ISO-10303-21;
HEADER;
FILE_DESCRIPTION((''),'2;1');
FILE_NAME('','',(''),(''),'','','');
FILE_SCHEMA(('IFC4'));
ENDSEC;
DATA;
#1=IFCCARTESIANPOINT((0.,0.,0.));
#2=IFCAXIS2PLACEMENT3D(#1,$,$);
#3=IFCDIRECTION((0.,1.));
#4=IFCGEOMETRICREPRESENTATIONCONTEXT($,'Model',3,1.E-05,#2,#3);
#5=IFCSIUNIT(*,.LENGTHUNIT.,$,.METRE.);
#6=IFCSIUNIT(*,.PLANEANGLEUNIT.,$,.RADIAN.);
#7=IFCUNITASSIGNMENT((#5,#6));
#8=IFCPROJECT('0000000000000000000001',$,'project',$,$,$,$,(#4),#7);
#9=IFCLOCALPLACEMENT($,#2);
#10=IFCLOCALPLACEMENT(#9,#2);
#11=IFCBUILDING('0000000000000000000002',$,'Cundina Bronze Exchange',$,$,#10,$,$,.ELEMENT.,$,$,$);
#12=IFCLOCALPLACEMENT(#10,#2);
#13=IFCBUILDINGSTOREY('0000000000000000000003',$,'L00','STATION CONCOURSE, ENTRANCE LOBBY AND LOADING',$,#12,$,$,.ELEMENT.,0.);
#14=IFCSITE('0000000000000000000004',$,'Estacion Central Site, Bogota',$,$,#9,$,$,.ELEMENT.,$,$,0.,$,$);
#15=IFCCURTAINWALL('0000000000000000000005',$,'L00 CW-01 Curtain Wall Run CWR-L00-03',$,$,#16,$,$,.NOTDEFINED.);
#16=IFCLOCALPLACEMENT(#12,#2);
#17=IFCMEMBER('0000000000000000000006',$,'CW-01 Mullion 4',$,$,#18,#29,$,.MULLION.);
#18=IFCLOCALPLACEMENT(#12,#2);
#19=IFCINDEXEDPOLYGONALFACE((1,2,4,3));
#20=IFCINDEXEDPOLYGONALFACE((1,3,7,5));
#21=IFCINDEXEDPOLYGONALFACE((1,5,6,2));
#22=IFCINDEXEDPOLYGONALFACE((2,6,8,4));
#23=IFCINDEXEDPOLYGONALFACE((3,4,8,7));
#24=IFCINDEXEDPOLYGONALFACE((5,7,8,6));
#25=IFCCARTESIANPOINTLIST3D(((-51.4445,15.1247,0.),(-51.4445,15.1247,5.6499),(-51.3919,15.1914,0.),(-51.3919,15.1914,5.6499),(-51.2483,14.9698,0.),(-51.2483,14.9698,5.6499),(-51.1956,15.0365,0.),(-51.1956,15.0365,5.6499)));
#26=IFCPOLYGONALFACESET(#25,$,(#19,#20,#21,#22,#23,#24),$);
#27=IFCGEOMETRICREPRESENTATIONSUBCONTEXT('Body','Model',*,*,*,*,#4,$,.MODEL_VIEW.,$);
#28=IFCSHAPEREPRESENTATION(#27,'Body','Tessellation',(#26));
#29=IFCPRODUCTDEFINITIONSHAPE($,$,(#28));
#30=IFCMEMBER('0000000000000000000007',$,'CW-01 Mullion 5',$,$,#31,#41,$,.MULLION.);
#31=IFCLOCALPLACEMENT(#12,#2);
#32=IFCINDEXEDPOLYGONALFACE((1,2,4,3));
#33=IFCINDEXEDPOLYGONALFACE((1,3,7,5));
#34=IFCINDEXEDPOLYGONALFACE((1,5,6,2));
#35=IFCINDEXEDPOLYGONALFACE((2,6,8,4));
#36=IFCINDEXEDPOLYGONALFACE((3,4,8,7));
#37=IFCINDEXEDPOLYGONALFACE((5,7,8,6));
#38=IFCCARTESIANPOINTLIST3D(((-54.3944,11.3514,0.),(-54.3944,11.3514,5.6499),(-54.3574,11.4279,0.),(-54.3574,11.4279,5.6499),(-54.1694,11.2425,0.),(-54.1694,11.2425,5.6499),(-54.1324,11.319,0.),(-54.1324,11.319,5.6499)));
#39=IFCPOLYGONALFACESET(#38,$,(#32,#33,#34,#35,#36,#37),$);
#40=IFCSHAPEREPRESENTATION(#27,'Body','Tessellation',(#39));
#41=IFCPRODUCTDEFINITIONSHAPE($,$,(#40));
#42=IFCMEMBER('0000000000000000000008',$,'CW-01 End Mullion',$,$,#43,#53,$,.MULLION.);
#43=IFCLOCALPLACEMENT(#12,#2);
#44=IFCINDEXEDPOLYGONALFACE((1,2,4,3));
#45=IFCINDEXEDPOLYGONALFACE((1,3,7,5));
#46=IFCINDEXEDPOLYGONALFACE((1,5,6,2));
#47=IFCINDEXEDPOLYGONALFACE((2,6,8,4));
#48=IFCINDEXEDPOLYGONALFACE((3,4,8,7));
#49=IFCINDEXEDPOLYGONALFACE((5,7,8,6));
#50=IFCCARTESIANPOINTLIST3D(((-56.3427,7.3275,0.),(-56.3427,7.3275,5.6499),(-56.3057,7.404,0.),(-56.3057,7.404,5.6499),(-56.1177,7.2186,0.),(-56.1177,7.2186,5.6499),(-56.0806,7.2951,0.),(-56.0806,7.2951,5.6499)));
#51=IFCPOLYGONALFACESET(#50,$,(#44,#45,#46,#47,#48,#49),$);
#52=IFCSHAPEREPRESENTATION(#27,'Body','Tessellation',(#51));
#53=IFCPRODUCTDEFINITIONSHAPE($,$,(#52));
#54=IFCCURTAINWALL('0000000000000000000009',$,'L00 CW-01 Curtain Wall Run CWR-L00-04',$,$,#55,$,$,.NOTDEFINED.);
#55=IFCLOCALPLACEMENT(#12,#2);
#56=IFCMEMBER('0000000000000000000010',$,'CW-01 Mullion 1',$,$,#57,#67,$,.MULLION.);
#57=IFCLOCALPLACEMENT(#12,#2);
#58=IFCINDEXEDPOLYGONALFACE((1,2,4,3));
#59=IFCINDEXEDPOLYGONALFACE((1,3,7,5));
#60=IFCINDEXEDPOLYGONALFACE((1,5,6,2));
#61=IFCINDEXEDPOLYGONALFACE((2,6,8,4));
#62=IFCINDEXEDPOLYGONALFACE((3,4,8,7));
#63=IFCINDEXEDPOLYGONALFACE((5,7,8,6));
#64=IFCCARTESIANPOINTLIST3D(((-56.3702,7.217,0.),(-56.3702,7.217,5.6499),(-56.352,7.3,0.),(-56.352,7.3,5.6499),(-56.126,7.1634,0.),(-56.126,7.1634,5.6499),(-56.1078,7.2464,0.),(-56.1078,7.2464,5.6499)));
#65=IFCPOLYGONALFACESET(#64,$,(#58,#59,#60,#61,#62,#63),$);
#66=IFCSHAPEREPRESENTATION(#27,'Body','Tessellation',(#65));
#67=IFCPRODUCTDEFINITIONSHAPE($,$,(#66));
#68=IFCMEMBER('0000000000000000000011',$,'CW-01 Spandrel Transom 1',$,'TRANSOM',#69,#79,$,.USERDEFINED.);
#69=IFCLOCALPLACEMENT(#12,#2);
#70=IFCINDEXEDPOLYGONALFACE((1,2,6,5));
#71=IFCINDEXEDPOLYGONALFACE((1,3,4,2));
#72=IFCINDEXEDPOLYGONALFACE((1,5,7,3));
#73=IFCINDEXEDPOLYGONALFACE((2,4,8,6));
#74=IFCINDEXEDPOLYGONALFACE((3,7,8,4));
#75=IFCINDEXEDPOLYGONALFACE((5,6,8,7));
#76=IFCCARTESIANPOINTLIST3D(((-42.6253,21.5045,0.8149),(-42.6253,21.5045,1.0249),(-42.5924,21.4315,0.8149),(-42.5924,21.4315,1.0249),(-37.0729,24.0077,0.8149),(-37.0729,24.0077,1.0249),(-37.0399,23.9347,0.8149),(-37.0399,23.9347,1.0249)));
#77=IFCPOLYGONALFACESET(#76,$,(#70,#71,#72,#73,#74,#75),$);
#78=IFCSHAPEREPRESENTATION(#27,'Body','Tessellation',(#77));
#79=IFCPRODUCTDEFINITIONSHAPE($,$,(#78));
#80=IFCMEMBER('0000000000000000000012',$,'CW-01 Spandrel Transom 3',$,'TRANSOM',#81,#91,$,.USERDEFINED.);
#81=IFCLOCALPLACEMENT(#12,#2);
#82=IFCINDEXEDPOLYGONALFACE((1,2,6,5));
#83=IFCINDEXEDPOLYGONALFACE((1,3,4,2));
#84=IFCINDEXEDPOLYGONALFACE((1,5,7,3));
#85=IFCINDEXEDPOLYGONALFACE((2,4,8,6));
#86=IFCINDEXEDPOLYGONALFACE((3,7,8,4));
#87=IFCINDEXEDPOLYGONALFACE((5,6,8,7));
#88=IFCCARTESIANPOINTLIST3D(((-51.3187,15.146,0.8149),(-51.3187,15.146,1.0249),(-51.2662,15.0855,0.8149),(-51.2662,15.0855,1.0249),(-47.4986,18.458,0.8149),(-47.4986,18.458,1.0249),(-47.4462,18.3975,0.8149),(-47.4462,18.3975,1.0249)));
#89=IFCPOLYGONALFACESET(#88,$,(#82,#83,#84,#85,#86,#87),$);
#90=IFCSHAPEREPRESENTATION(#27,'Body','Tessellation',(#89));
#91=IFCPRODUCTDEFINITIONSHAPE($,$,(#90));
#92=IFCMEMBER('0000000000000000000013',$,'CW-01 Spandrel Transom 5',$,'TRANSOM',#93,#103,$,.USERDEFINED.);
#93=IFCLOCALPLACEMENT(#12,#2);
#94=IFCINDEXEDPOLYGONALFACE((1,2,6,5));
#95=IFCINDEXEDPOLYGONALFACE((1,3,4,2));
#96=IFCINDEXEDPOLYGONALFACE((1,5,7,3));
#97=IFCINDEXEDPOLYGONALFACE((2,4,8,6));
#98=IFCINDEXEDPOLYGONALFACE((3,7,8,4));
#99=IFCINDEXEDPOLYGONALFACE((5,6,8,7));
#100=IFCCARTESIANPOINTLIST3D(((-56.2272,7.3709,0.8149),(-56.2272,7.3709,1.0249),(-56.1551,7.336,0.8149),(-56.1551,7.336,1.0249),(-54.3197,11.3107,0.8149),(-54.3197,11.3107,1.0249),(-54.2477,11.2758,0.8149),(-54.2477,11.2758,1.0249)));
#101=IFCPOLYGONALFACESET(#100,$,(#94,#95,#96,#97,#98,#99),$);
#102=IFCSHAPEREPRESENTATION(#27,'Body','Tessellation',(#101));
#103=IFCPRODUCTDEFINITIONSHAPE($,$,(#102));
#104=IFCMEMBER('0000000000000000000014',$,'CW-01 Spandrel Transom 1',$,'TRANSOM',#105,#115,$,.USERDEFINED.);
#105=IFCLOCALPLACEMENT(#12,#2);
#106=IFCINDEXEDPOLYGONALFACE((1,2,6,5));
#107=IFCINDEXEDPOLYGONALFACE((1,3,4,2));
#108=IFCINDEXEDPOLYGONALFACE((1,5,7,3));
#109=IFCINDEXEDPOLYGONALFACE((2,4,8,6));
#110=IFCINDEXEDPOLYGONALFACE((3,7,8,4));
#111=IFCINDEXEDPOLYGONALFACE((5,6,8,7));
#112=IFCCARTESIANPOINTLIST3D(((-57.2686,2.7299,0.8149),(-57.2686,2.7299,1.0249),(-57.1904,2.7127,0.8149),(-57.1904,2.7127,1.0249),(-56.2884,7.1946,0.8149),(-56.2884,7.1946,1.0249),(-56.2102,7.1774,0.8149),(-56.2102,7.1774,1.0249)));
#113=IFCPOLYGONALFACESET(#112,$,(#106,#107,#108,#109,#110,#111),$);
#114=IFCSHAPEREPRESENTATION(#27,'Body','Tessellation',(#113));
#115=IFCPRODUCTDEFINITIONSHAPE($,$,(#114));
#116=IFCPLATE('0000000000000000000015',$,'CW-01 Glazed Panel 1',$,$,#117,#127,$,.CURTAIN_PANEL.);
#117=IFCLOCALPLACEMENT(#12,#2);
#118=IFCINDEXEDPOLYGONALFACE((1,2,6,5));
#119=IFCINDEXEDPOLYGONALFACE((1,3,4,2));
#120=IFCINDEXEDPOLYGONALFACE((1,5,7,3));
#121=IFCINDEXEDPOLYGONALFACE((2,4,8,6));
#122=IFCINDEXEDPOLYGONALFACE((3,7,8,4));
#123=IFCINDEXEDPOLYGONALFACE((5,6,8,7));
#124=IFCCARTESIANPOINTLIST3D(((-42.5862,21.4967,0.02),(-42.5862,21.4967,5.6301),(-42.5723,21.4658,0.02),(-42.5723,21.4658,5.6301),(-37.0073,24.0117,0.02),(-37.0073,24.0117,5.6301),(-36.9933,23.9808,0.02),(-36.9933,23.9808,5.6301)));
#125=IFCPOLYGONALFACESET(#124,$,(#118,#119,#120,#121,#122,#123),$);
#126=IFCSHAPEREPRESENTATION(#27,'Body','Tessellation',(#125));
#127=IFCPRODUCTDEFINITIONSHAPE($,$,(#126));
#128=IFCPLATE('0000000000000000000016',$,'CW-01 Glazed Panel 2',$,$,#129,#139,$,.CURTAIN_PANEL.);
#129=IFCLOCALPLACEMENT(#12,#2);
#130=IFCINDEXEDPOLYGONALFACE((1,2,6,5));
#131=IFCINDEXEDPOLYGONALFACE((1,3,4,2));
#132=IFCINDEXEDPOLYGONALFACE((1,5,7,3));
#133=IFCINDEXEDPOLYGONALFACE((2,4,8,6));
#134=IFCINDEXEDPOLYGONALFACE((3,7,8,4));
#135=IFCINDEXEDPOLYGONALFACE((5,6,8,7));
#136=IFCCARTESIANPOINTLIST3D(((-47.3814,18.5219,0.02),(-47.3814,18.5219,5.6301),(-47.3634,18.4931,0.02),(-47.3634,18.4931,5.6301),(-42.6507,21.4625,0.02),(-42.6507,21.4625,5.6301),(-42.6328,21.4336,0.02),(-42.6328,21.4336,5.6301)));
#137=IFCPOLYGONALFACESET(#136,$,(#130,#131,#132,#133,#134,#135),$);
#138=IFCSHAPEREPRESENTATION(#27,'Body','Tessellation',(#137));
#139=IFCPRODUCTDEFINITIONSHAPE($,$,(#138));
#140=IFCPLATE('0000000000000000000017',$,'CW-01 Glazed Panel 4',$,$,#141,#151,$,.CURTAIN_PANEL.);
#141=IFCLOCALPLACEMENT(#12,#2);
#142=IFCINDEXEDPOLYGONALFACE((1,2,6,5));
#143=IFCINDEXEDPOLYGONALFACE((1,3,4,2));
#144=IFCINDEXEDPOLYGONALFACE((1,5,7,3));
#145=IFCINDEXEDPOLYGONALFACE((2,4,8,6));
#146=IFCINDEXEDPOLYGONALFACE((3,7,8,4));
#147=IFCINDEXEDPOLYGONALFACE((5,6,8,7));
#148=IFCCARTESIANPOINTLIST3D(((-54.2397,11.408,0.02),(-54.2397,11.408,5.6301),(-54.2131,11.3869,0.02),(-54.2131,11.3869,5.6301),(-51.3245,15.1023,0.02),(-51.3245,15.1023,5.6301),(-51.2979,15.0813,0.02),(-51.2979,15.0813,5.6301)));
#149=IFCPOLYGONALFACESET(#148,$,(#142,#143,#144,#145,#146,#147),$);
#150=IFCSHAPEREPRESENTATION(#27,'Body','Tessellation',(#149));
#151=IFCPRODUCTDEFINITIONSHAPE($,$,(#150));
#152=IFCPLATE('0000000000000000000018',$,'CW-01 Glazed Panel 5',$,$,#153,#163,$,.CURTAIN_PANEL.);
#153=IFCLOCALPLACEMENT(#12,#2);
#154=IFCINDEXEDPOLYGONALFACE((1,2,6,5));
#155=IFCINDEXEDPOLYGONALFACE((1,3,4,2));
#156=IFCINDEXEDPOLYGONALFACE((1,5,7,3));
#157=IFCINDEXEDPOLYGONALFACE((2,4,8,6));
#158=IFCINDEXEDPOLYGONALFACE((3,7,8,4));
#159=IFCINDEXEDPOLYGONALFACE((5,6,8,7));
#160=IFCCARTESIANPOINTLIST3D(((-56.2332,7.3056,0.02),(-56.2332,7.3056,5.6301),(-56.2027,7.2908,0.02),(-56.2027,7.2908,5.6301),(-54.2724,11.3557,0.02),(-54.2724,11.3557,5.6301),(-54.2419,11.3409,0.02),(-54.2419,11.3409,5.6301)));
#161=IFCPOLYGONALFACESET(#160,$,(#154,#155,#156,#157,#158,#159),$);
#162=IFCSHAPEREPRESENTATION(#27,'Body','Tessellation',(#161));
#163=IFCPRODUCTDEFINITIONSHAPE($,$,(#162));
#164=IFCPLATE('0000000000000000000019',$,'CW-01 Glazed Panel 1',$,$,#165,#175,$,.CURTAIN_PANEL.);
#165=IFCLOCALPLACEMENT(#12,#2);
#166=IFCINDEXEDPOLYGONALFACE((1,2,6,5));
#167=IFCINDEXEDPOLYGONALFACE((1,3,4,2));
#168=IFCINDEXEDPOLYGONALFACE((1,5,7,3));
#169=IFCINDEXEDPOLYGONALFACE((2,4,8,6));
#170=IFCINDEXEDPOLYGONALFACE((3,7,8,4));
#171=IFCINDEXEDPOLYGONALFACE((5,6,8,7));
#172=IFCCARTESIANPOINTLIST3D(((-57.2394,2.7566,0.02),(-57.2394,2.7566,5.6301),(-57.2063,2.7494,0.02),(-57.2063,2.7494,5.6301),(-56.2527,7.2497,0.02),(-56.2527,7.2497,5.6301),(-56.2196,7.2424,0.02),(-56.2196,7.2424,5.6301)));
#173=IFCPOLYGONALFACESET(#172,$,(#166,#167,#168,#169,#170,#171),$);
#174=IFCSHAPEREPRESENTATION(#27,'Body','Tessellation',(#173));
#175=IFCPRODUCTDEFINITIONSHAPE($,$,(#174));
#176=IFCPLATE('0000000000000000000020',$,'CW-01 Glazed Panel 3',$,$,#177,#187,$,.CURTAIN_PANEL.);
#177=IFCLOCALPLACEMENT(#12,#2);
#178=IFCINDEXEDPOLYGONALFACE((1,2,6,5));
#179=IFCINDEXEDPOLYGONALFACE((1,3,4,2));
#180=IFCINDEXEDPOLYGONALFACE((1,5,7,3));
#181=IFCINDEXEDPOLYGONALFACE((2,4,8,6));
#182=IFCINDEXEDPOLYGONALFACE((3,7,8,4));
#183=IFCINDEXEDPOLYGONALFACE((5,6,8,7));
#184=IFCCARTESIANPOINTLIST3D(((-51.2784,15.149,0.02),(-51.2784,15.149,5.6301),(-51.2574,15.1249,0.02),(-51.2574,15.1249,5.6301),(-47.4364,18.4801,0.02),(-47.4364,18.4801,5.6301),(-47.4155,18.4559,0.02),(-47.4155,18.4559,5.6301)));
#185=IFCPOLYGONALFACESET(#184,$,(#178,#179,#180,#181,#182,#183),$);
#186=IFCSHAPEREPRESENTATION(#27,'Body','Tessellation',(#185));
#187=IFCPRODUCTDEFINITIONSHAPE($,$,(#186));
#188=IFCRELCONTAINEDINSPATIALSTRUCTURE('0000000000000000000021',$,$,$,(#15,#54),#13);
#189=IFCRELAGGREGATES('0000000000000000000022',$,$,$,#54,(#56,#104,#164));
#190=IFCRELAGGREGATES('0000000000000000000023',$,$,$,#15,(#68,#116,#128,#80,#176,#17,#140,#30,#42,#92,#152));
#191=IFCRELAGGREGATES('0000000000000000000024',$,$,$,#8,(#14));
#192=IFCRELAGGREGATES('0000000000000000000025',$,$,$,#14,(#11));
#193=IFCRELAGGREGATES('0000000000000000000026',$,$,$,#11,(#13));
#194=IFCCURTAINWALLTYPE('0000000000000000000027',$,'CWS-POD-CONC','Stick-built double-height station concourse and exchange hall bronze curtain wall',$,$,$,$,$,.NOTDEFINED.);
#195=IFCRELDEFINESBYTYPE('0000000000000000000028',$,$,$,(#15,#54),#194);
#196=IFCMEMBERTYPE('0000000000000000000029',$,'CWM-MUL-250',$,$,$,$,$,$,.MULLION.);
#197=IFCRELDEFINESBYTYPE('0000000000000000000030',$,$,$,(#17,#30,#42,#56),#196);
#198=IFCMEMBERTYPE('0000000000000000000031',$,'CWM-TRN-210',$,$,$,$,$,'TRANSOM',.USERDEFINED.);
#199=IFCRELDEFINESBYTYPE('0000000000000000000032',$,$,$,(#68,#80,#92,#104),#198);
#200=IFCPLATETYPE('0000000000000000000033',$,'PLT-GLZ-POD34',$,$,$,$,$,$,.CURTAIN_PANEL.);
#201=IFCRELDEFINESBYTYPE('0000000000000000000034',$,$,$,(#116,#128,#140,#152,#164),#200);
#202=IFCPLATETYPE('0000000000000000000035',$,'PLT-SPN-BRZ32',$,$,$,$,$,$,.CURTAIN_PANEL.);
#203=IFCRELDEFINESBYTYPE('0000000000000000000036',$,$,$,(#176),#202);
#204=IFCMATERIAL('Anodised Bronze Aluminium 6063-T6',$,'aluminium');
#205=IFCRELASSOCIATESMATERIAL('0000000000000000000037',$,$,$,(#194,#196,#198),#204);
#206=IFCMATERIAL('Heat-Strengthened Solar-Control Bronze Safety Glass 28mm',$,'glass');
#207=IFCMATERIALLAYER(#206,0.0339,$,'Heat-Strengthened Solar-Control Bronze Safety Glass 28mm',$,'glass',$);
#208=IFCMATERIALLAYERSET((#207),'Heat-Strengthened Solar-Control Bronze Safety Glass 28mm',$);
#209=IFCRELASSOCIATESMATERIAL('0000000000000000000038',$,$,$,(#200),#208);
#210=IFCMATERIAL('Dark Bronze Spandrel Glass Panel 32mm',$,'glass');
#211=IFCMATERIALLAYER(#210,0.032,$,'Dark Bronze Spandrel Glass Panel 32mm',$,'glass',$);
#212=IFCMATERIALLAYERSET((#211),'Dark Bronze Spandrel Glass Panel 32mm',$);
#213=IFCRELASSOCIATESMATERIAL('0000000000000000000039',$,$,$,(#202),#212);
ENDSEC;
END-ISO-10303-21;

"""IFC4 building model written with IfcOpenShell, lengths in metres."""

from ifc_helpers import new_model, si_unit, direction, frame, origin, origin_2d, place, context, subcontext, project, spatial, rectangle, extrude, material, layer, layer_set, material_profile, profile_set, type_object, element, aggregate, save


model = new_model("IFC4")

# Units and contexts
model_context = context("Model", 3, precision=1e-05, world=origin(), true_north=direction((0.0, 1.0)))
body_context = subcontext(model_context, "Body", "Model", "MODEL_VIEW")
ifc_project = project(units=[si_unit("LENGTHUNIT", "METRE"), si_unit("PLANEANGLEUNIT", "RADIAN")], contexts=[model_context])

# Site, building, storey
site_placement = place(None, origin())
site = spatial("IfcSite", under=ifc_project, at=site_placement, Name="Estacion Central Site, Bogota", CompositionType="ELEMENT", RefElevation=0.0)
building_placement = place(site_placement, origin())
building = spatial("IfcBuilding", under=site, at=building_placement, Name="Cundina Bronze Exchange", CompositionType="ELEMENT")
storey_placement = place(building_placement, origin())
storey = spatial("IfcBuildingStorey", under=building, at=storey_placement, Name="L00", Description="STATION CONCOURSE, ENTRANCE LOBBY AND LOADING", CompositionType="ELEMENT", Elevation=0.0)

# Curtain wall, members
ifc_material_1 = material(Name="Anodised Bronze Aluminium 6063-T6", Category="aluminium")
curtain_wall_type = type_object("IfcCurtainWallType", Name="CWS-POD-CONC", Description="Stick-built double-height station concourse and exchange hall bronze curtain wall", PredefinedType="NOTDEFINED", material=ifc_material_1)
curtain_wall_1_placement = place(storey_placement, origin())
curtain_wall_1 = element("IfcCurtainWall", 1, at=curtain_wall_1_placement, inside=storey, type_object=curtain_wall_type, Name="L00 CW-01 Curtain Wall Run CWR-L00-03", PredefinedType="NOTDEFINED")
ifc_material_profile_1 = material_profile(ifc_material_1, rectangle(XDim=0.085, YDim=0.25, at=origin_2d()), Name="AL85X250", Category="aluminium")
ifc_profile_set_1 = profile_set([ifc_material_profile_1], Name="Anodised Bronze Aluminium 6063-T6")
member_type_1 = type_object("IfcMemberType", Name="CWM-MUL-250", PredefinedType="MULLION", material=ifc_profile_set_1)
member_1_placement = place(storey_placement, frame((-51.3201, 15.0806, 0.0), z_axis=(0.0, 0.0, 1.0), x_axis=(-0.619505, -0.784993, 0.0)))
member_1 = element("IfcMember", 2, at=member_1_placement, type_object=member_type_1, Name="CW-01 Mullion 4", PredefinedType="MULLION", context=body_context, shape_type="SweptSolid", body=[
    extrude(rectangle(XDim=0.085, YDim=0.25, at=origin_2d()), origin(), (0.0, 0.0, 1.0), 5.6499),
])
member_2_placement = place(storey_placement, frame((-54.2634, 11.3352, 0.0), z_axis=(0.0, 0.0, 1.0), x_axis=(-0.435702, -0.900091, 0.0)))
member_2 = element("IfcMember", 3, at=member_2_placement, type_object=member_type_1, Name="CW-01 Mullion 5", PredefinedType="MULLION", context=body_context, shape_type="SweptSolid", body=[
    extrude(rectangle(XDim=0.085, YDim=0.25, at=origin_2d()), origin(), (0.0, 0.0, 1.0), 5.6499),
])
member_3_placement = place(storey_placement, frame((-56.2117, 7.3113, 0.0), z_axis=(0.0, 0.0, 1.0), x_axis=(-0.435702, -0.900091, 0.0)))
member_3 = element("IfcMember", 4, at=member_3_placement, type_object=member_type_1, Name="CW-01 End Mullion", PredefinedType="MULLION", context=body_context, shape_type="SweptSolid", body=[
    extrude(rectangle(XDim=0.085, YDim=0.25, at=origin_2d()), origin(), (0.0, 0.0, 1.0), 5.6499),
])

# Curtain wall, member
curtain_wall_2_placement = place(storey_placement, origin())
curtain_wall_2 = element("IfcCurtainWall", 5, at=curtain_wall_2_placement, inside=storey, type_object=curtain_wall_type, Name="L00 CW-01 Curtain Wall Run CWR-L00-04", PredefinedType="NOTDEFINED")
member_4_placement = place(storey_placement, frame((-56.239, 7.2317, 0.0), z_axis=(0.0, 0.0, 1.0), x_axis=(-0.214565, -0.97671, 0.0)))
member_4 = element("IfcMember", 6, at=member_4_placement, type_object=member_type_1, Name="CW-01 Mullion 1", PredefinedType="MULLION", context=body_context, shape_type="SweptSolid", body=[
    extrude(rectangle(XDim=0.085, YDim=0.25, at=origin_2d()), origin(), (0.0, 0.0, 1.0), 5.6499),
])

# Members
ifc_material_profile_2 = material_profile(ifc_material_1, rectangle(XDim=0.0801, YDim=0.21, at=origin_2d()), Name="AL80X210", Category="aluminium")
ifc_profile_set_2 = profile_set([ifc_material_profile_2], Name="Anodised Bronze Aluminium 6063-T6")
member_type_2 = type_object("IfcMemberType", Name="CWM-TRN-210", ElementType="TRANSOM", PredefinedType="USERDEFINED", material=ifc_profile_set_2)
member_5_placement = place(storey_placement, frame((-37.0564, 23.9712, 0.9199), z_axis=(-0.911642, -0.410986, 0.0), x_axis=(0.410986, -0.911642, 0.0)))
member_5 = element("IfcMember", 7, at=member_5_placement, type_object=member_type_2, Name="CW-01 Spandrel Transom 1", ObjectType="TRANSOM", PredefinedType="USERDEFINED", context=body_context, shape_type="SweptSolid", body=[
    extrude(rectangle(XDim=0.0801, YDim=0.21, at=origin_2d()), origin(), (0.0, 0.0, 1.0), 6.0906),
])
member_6_placement = place(storey_placement, frame((-47.4724, 18.4277, 0.9199), z_axis=(-0.755563, -0.655076, 0.0), x_axis=(0.655076, -0.755563, 0.0)))
member_6 = element("IfcMember", 8, at=member_6_placement, type_object=member_type_2, Name="CW-01 Spandrel Transom 3", ObjectType="TRANSOM", PredefinedType="USERDEFINED", context=body_context, shape_type="SweptSolid", body=[
    extrude(rectangle(XDim=0.0801, YDim=0.21, at=origin_2d()), origin(), (0.0, 0.0, 1.0), 5.0559),
])
member_7_placement = place(storey_placement, frame((-54.2837, 11.2932, 0.9199), z_axis=(-0.435777, -0.900055, 0.0), x_axis=(0.900055, -0.435777, 0.0)))
member_7 = element("IfcMember", 9, at=member_7_placement, type_object=member_type_2, Name="CW-01 Spandrel Transom 5", ObjectType="TRANSOM", PredefinedType="USERDEFINED", context=body_context, shape_type="SweptSolid", body=[
    extrude(rectangle(XDim=0.0801, YDim=0.21, at=origin_2d()), origin(), (0.0, 0.0, 1.0), 4.3772),
])
member_8_placement = place(storey_placement, frame((-56.2493, 7.186, 0.9199), z_axis=(-0.214447, -0.976736, 0.0), x_axis=(0.976736, -0.214447, 0.0)))
member_8 = element("IfcMember", 10, at=member_8_placement, type_object=member_type_2, Name="CW-01 Spandrel Transom 1", ObjectType="TRANSOM", PredefinedType="USERDEFINED", context=body_context, shape_type="SweptSolid", body=[
    extrude(rectangle(XDim=0.0801, YDim=0.21, at=origin_2d()), origin(), (0.0, 0.0, 1.0), 4.571),
])

# Plates
ifc_material_2 = material(Name="Heat-Strengthened Solar-Control Bronze Safety Glass 28mm", Category="glass")
ifc_layer_1 = layer(ifc_material_2, 0.0339, Name="Heat-Strengthened Solar-Control Bronze Safety Glass 28mm", Category="glass")
ifc_layer_set_1 = layer_set([ifc_layer_1], Name="Heat-Strengthened Solar-Control Bronze Safety Glass 28mm")
plate_type_1 = type_object("IfcPlateType", Name="PLT-GLZ-POD34", PredefinedType="CURTAIN_PANEL", material=ifc_layer_set_1)
plate_1_placement = place(storey_placement, frame((-39.7898, 22.7388, 0.02), z_axis=(0.0, 0.0, 1.0), x_axis=(-0.911647, -0.410973, 0.0)))
plate_1 = element("IfcPlate", 11, at=plate_1_placement, type_object=plate_type_1, Name="CW-01 Glazed Panel 1", PredefinedType="CURTAIN_PANEL", context=body_context, shape_type="SweptSolid", body=[
    extrude(rectangle(XDim=6.1196, YDim=0.0339, at=origin_2d()), origin(), (0.0, 0.0, 1.0), 5.6101),
])
plate_2_placement = place(storey_placement, frame((-45.0071, 19.9778, 0.02), z_axis=(0.0, 0.0, 1.0), x_axis=(-0.849294, -0.52792, 0.0)))
plate_2 = element("IfcPlate", 12, at=plate_2_placement, type_object=plate_type_1, Name="CW-01 Glazed Panel 2", PredefinedType="CURTAIN_PANEL", context=body_context, shape_type="SweptSolid", body=[
    extrude(rectangle(XDim=5.5701, YDim=0.0339, at=origin_2d()), origin(), (0.0, 0.0, 1.0), 5.6101),
])
plate_3_placement = place(storey_placement, frame((-52.7688, 13.2446, 0.02), z_axis=(0.0, 0.0, 1.0), x_axis=(-0.619464, -0.785025, 0.0)))
plate_3 = element("IfcPlate", 13, at=plate_3_placement, type_object=plate_type_1, Name="CW-01 Glazed Panel 4", PredefinedType="CURTAIN_PANEL", context=body_context, shape_type="SweptSolid", body=[
    extrude(rectangle(XDim=4.7061, YDim=0.0339, at=origin_2d()), origin(), (0.0, 0.0, 1.0), 5.6101),
])
plate_4_placement = place(storey_placement, frame((-55.2375, 9.3232, 0.02), z_axis=(0.0, 0.0, 1.0), x_axis=(-0.435765, -0.90006, 0.0)))
plate_4 = element("IfcPlate", 14, at=plate_4_placement, type_object=plate_type_1, Name="CW-01 Glazed Panel 5", PredefinedType="CURTAIN_PANEL", context=body_context, shape_type="SweptSolid", body=[
    extrude(rectangle(XDim=4.4998, YDim=0.0339, at=origin_2d()), origin(), (0.0, 0.0, 1.0), 5.6101),
])
plate_5_placement = place(storey_placement, frame((-56.7295, 4.9995, 0.02), z_axis=(0.0, 0.0, 1.0), x_axis=(-0.214497, -0.976725, 0.0)))
plate_5 = element("IfcPlate", 15, at=plate_5_placement, type_object=plate_type_1, Name="CW-01 Glazed Panel 1", PredefinedType="CURTAIN_PANEL", context=body_context, shape_type="SweptSolid", body=[
    extrude(rectangle(XDim=4.6001, YDim=0.0339, at=origin_2d()), origin(), (0.0, 0.0, 1.0), 5.6101),
])
aggregate(curtain_wall_2, [member_4, member_8, plate_5])
ifc_material_3 = material(Name="Dark Bronze Spandrel Glass Panel 32mm", Category="glass")
ifc_layer_2 = layer(ifc_material_3, 0.032, Name="Dark Bronze Spandrel Glass Panel 32mm", Category="glass")
ifc_layer_set_2 = layer_set([ifc_layer_2], Name="Dark Bronze Spandrel Glass Panel 32mm")
plate_type_2 = type_object("IfcPlateType", Name="PLT-SPN-BRZ32", PredefinedType="CURTAIN_PANEL", material=ifc_layer_set_2)
plate_6_placement = place(storey_placement, frame((-49.3469, 16.8025, 0.02), z_axis=(0.0, 0.0, 1.0), x_axis=(-0.755556, -0.655084, 0.0)))
plate_6 = element("IfcPlate", 16, at=plate_6_placement, type_object=plate_type_2, Name="CW-01 Glazed Panel 3", PredefinedType="CURTAIN_PANEL", context=body_context, shape_type="SweptSolid", body=[
    extrude(rectangle(XDim=5.085, YDim=0.032, at=origin_2d()), origin(), (0.0, 0.0, 1.0), 5.6101),
])
aggregate(curtain_wall_1, [member_5, plate_1, plate_2, member_6, plate_6, member_1, plate_3, member_2, member_3, member_7, plate_4])

save(model, "model.ifc")
